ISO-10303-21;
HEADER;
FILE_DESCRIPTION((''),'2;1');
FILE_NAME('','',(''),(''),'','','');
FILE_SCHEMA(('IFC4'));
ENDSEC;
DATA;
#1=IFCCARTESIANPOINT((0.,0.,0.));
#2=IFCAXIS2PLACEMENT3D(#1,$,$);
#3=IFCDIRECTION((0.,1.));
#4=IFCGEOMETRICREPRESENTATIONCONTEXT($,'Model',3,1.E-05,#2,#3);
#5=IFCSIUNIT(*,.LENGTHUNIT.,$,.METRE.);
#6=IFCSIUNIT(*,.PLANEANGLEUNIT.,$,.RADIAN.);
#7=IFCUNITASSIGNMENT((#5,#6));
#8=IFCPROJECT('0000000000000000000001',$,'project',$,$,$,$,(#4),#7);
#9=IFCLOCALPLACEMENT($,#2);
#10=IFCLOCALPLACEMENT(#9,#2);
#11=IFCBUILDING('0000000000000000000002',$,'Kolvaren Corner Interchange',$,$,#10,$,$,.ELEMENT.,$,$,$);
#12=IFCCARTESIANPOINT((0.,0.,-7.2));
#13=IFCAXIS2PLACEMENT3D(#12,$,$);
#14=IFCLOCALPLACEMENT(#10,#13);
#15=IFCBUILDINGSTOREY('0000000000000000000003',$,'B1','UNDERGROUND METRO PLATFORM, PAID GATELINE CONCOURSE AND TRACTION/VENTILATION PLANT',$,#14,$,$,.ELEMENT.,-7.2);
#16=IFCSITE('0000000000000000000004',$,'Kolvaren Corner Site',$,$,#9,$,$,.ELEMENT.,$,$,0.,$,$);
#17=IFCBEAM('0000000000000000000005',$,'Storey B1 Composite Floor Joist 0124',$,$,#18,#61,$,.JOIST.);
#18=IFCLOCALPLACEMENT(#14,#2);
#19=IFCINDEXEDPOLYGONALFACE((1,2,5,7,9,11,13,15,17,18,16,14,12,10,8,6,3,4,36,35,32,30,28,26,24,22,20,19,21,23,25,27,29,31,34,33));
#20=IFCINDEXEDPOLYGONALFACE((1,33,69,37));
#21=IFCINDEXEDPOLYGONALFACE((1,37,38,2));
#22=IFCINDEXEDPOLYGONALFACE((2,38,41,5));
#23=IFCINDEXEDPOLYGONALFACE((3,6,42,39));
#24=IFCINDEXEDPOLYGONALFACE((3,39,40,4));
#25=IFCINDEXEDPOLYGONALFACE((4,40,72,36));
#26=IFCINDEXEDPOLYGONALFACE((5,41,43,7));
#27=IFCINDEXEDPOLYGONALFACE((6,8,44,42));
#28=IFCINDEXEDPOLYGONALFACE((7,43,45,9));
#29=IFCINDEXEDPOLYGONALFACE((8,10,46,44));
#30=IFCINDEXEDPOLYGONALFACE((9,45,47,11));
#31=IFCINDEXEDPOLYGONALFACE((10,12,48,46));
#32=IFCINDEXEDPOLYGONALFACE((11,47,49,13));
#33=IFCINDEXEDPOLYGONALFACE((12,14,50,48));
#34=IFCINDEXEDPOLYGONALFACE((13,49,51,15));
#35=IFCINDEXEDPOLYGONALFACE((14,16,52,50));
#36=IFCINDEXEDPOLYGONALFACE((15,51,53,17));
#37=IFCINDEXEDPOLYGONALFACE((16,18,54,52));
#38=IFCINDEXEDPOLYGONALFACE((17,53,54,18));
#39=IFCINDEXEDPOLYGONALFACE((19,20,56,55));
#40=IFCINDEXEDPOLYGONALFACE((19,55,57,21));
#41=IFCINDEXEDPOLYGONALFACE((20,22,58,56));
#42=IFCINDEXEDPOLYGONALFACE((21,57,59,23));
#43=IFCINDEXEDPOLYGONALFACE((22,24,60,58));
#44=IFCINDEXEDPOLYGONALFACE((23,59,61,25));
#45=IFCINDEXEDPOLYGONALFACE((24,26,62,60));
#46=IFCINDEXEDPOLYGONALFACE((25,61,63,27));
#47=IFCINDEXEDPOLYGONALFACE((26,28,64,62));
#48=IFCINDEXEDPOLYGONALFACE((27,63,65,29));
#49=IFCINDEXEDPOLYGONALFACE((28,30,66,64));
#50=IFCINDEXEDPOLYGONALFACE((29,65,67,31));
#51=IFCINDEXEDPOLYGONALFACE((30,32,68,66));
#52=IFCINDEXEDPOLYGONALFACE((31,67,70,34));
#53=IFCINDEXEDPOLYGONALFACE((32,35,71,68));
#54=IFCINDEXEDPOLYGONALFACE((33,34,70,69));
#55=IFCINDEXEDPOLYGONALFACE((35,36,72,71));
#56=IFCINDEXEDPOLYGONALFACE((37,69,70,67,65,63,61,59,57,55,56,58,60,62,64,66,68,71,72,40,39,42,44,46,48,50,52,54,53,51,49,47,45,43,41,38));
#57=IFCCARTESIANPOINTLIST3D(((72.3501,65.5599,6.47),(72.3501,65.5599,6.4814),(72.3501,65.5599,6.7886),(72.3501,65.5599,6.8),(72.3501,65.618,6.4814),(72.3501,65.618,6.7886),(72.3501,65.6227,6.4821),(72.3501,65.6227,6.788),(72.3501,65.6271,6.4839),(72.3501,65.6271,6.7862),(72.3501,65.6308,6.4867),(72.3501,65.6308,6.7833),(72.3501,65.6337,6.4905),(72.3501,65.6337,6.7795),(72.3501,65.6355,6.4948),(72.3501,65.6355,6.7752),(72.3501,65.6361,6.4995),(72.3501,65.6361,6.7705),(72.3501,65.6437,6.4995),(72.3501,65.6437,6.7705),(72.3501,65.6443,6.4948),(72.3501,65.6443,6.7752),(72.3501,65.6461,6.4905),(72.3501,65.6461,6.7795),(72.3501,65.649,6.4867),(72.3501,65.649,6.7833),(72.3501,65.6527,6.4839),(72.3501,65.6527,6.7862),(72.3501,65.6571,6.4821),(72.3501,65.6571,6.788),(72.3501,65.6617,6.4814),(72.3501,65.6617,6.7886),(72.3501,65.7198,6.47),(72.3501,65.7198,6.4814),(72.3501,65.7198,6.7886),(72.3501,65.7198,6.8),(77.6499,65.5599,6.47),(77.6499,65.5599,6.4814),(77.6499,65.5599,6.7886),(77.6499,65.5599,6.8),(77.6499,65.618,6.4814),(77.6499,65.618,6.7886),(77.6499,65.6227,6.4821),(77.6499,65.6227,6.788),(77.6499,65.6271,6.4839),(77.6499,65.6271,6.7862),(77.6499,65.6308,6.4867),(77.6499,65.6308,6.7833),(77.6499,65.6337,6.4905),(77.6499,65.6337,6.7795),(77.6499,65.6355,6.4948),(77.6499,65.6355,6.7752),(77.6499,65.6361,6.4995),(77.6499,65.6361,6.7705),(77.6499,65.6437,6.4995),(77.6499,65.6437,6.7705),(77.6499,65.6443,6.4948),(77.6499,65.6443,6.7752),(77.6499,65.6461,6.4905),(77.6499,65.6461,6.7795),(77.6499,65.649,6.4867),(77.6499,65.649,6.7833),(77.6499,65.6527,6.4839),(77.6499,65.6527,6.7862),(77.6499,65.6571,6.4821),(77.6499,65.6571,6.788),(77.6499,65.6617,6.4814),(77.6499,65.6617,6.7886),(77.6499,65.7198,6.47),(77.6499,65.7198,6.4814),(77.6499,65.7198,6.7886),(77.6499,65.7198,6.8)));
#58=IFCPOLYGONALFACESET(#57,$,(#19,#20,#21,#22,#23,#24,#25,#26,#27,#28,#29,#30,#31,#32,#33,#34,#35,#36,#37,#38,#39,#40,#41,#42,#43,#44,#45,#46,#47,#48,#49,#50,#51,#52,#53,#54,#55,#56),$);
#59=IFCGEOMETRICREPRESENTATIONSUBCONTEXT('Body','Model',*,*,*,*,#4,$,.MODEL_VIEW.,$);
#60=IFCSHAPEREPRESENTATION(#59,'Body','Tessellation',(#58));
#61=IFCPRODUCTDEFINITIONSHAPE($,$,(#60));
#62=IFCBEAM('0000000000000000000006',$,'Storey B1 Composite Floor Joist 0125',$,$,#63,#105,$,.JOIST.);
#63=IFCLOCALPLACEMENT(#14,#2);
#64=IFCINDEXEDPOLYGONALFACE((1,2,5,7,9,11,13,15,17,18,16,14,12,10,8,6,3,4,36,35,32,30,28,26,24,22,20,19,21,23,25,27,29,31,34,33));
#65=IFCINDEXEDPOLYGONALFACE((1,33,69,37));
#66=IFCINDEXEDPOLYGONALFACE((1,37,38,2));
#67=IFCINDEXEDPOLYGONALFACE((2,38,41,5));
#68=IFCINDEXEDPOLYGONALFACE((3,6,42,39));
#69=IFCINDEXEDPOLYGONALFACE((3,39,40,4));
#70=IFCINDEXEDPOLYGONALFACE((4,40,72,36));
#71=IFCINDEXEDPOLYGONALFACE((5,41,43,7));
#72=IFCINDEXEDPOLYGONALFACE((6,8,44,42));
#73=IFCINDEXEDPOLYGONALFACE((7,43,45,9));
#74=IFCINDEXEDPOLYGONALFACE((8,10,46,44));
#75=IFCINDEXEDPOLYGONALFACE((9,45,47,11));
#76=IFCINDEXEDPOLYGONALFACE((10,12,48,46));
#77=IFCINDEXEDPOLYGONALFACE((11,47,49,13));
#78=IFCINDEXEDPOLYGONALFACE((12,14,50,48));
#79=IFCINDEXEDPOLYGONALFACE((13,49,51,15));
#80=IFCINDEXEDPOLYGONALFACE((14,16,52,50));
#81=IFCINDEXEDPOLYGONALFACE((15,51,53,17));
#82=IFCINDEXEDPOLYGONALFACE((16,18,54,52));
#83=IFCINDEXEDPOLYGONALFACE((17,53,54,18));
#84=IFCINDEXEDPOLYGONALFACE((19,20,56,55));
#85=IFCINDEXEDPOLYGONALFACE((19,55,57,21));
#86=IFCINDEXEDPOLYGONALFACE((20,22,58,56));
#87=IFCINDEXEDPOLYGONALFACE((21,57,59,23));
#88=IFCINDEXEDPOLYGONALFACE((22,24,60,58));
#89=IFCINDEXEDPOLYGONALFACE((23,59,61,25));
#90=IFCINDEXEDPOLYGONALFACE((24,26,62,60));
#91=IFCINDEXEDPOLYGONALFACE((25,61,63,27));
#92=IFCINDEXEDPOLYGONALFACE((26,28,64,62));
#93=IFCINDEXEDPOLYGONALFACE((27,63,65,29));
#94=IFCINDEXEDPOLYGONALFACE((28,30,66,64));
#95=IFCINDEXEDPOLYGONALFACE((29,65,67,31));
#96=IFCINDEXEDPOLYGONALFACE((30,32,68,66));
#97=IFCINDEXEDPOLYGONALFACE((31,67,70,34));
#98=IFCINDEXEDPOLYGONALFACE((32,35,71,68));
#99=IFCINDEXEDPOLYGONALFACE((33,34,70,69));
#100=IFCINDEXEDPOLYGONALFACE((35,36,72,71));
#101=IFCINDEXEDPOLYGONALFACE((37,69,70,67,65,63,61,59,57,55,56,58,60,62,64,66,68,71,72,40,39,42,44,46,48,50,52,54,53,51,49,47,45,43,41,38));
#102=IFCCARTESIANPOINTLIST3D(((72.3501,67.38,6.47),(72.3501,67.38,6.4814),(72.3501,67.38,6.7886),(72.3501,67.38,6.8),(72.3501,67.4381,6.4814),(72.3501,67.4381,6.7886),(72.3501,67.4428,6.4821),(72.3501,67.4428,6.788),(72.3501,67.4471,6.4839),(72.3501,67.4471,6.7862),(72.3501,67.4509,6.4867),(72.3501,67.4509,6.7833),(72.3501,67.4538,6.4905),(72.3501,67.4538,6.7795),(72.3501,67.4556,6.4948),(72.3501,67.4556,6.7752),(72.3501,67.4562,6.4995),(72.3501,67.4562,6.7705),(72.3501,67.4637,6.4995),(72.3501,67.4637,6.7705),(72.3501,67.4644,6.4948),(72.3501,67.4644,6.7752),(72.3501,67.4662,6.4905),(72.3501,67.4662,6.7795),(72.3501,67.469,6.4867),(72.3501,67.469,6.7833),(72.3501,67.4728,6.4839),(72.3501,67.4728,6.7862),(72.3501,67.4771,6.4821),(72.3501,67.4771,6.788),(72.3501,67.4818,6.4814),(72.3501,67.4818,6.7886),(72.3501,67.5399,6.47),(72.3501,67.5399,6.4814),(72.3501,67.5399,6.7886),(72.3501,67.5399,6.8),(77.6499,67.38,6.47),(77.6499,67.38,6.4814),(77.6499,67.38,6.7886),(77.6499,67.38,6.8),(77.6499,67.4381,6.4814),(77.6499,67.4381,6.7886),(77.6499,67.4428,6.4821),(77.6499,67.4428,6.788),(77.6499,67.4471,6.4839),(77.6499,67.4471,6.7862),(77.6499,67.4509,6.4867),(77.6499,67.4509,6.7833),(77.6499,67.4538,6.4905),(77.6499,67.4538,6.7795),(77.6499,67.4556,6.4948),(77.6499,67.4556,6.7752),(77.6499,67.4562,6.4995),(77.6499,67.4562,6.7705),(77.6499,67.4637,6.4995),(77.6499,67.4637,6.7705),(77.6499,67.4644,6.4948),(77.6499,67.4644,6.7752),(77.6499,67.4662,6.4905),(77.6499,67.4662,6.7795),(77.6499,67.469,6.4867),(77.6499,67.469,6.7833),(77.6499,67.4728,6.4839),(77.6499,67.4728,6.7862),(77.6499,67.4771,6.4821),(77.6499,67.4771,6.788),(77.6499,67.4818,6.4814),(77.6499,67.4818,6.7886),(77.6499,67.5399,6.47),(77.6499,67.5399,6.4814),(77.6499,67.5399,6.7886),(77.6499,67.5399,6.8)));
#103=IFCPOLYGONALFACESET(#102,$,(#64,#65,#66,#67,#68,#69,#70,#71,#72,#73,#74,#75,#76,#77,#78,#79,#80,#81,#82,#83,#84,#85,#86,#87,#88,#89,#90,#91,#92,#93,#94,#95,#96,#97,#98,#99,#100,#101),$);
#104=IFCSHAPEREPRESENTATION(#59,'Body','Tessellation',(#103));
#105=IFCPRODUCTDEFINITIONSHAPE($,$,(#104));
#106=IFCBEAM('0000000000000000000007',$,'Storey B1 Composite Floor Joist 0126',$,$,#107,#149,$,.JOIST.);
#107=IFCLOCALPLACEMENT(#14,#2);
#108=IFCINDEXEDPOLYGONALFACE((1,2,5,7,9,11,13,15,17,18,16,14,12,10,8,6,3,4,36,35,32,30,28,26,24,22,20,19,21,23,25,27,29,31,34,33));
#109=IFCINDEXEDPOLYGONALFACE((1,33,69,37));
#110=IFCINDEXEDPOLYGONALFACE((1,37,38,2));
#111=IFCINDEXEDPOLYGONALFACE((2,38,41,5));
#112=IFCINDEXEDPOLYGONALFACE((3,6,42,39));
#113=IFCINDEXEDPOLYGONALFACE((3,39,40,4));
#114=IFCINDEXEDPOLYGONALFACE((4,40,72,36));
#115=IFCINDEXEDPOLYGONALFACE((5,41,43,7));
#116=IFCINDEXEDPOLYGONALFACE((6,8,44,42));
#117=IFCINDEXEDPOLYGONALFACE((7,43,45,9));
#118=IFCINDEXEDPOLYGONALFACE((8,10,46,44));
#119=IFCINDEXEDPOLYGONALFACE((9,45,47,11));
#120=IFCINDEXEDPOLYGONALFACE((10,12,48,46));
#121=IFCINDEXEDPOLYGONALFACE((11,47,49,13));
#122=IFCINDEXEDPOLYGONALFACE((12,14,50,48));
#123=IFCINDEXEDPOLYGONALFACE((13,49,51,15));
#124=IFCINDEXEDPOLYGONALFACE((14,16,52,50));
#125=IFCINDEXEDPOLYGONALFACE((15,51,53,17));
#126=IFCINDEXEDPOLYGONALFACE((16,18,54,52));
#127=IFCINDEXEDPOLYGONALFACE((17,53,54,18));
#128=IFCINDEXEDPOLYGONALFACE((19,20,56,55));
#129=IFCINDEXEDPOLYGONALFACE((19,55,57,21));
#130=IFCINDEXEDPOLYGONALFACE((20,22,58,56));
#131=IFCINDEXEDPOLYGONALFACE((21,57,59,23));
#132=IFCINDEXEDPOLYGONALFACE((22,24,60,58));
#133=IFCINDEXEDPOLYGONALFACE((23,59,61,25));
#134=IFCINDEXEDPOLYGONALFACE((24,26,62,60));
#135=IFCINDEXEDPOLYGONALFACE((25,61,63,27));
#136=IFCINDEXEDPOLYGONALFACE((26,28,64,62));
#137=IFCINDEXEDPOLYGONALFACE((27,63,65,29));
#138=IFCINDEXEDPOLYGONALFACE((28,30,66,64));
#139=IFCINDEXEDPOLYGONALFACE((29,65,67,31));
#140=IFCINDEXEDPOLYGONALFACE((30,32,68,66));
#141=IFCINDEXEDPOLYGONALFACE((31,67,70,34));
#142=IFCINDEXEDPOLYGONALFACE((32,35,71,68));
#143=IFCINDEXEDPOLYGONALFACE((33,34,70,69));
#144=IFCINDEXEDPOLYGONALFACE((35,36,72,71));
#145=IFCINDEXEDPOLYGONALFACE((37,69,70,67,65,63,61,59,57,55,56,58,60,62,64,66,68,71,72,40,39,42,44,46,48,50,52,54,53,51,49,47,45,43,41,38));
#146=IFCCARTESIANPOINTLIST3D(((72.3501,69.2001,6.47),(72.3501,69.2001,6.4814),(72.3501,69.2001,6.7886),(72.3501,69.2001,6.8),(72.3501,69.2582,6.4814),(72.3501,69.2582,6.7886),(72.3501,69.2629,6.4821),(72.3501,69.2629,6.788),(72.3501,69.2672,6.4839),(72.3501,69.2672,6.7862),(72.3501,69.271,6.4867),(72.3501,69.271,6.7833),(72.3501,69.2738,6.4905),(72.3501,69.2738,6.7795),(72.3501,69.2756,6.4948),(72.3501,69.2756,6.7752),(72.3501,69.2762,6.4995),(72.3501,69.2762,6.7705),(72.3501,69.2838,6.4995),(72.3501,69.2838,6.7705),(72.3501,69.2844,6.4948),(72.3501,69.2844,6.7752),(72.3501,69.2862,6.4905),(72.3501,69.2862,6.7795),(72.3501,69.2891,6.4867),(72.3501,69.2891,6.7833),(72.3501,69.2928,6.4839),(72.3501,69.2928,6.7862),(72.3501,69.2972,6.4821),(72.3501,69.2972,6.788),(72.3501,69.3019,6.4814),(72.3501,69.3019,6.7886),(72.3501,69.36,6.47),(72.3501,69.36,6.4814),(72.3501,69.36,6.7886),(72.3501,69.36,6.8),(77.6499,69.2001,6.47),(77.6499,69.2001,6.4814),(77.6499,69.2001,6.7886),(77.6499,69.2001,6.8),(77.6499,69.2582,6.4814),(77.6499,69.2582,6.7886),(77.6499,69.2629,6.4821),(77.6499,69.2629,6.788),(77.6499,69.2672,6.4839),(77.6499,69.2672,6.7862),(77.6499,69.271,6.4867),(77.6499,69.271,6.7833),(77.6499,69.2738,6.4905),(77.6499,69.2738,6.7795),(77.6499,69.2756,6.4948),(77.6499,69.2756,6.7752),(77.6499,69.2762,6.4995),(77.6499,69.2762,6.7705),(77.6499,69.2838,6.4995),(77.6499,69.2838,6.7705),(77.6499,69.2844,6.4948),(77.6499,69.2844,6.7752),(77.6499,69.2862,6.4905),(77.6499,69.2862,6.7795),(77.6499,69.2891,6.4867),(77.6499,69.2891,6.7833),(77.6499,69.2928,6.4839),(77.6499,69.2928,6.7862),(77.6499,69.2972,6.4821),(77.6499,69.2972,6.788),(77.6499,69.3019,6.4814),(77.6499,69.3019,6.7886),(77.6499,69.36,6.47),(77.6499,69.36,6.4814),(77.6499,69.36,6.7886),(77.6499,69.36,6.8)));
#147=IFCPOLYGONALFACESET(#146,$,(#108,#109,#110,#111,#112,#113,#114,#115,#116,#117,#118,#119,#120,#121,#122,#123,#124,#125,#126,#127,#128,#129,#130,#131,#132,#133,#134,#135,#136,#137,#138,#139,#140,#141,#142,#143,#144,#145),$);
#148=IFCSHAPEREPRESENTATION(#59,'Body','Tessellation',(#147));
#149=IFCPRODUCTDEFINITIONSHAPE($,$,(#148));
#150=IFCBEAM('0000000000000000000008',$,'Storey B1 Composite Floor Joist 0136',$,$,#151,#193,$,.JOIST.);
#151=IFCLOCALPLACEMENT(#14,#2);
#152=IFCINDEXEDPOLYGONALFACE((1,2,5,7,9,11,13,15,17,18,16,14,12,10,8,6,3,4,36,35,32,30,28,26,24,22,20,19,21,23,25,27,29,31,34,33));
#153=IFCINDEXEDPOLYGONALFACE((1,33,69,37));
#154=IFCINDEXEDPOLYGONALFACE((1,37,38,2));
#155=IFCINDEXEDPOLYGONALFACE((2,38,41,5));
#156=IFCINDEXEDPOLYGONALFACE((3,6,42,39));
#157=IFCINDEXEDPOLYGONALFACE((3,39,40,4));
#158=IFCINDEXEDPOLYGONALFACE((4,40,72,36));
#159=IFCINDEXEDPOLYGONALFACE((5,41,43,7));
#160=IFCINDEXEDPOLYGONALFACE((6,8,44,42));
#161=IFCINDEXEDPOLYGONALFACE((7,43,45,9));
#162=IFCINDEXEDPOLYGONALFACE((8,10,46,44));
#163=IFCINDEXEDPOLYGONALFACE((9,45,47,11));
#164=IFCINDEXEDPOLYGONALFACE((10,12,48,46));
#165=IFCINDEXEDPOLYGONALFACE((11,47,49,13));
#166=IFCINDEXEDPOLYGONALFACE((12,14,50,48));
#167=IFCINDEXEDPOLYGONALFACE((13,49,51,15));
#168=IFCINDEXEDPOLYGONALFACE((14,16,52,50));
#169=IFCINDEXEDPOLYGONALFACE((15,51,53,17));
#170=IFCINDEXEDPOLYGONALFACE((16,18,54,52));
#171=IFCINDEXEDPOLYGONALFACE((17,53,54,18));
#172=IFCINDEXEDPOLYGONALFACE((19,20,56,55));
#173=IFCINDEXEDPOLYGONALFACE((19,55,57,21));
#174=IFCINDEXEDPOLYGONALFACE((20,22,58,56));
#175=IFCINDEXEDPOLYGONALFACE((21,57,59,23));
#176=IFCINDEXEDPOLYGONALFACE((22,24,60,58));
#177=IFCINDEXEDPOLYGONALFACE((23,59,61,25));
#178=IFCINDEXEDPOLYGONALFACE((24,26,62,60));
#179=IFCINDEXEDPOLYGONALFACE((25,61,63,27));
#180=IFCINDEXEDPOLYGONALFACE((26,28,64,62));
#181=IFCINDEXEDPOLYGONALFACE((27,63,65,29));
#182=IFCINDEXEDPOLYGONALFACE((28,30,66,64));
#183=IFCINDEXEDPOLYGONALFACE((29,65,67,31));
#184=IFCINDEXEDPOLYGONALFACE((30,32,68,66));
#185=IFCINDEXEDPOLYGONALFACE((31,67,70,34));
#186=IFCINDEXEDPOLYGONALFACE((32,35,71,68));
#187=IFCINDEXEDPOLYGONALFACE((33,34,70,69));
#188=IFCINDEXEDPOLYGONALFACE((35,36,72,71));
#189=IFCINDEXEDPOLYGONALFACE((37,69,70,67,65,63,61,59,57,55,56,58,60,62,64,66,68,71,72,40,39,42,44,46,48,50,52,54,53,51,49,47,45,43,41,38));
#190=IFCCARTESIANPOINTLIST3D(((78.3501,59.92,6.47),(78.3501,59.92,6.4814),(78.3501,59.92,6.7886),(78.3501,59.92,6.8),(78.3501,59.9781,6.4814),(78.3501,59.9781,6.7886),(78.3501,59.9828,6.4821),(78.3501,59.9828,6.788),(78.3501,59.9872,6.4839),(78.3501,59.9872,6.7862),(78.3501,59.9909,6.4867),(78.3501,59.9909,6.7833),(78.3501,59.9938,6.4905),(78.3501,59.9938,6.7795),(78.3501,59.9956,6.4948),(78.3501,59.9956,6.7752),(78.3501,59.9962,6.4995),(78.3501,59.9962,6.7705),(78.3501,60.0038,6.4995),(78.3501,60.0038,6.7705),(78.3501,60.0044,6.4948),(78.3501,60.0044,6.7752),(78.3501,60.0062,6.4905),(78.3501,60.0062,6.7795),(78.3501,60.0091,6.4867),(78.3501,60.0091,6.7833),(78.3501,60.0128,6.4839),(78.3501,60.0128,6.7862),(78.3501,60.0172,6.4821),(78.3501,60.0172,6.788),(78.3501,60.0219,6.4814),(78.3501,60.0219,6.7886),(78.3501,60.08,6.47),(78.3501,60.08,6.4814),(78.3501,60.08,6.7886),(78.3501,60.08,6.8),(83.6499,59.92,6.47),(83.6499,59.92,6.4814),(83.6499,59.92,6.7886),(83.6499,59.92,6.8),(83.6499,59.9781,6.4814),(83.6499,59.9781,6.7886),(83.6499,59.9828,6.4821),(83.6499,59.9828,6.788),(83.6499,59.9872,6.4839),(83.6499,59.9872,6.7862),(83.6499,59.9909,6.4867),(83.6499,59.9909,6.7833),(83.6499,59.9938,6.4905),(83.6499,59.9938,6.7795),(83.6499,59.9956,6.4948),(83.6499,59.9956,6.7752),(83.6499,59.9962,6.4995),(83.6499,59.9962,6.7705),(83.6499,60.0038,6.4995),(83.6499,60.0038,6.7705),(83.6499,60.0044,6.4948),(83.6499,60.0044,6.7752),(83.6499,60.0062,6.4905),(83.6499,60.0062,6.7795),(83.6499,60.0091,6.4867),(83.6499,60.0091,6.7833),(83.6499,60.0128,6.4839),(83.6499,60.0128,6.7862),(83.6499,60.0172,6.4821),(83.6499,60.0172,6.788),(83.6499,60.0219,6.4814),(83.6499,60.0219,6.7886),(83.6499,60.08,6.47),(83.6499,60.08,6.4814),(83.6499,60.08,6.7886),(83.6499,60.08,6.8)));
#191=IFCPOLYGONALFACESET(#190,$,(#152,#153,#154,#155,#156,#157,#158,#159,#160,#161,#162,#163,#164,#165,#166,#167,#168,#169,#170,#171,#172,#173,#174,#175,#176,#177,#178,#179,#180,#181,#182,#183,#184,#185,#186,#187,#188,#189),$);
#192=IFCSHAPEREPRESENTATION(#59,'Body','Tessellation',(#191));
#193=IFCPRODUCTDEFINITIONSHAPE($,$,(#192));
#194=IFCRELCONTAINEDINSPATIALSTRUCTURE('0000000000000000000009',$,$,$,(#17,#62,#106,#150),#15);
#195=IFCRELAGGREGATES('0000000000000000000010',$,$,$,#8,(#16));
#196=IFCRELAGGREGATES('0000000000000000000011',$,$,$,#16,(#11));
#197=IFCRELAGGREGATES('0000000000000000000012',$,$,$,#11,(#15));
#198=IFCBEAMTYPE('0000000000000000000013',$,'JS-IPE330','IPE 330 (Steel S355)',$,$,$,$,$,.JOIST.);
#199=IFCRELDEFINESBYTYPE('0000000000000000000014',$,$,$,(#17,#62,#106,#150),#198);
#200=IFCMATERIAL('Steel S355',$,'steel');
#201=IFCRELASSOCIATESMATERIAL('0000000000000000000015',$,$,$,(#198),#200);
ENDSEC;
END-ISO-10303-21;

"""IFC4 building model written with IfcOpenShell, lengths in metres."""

from ifc_helpers import new_model, si_unit, direction, frame, origin, origin_2d, place, context, subcontext, project, spatial, i_section, extrude, material, material_profile, profile_set, type_object, element, save


model = new_model("IFC4")

# Units and contexts
model_context = context("Model", 3, precision=1e-05, world=origin(), true_north=direction((0.0, 1.0)))
body_context = subcontext(model_context, "Body", "Model", "MODEL_VIEW")
ifc_project = project(units=[si_unit("LENGTHUNIT", "METRE"), si_unit("PLANEANGLEUNIT", "RADIAN")], contexts=[model_context])

# Site, building, storey
site_placement = place(None, origin())
site = spatial("IfcSite", under=ifc_project, at=site_placement, Name="Kolvaren Corner Site", CompositionType="ELEMENT", RefElevation=0.0)
building_placement = place(site_placement, origin())
building = spatial("IfcBuilding", under=site, at=building_placement, Name="Kolvaren Corner Interchange", CompositionType="ELEMENT")
storey_placement = place(building_placement, frame((0.0, 0.0, -7.2)))
storey = spatial("IfcBuildingStorey", under=building, at=storey_placement, Name="B1", Description="UNDERGROUND METRO PLATFORM, PAID GATELINE CONCOURSE AND TRACTION/VENTILATION PLANT", CompositionType="ELEMENT", Elevation=-7.2)

# Beams
ifc_material_1 = material(Name="Steel S355", Category="steel")
ifc_material_profile_1 = material_profile(ifc_material_1, i_section(OverallWidth=0.1599, OverallDepth=0.3301, WebThickness=0.0076, FlangeThickness=0.0115, FilletRadius=0.0181, at=origin_2d()), Name="IPE 330")
ifc_profile_set_1 = profile_set([ifc_material_profile_1], Name="Steel S355")
beam_type_1 = type_object("IfcBeamType", Name="JS-IPE330", Description="IPE 330 (Steel S355)", PredefinedType="JOIST", material=ifc_profile_set_1)
for number, where, z_axis, x_axis, name in (
    (1, (72.3501, 65.6399, 6.635), (1.0, 0.0, 0.0), (0.0, 1.0, 0.0), "Storey B1 Composite Floor Joist 0124"),
    (2, (72.3501, 67.46, 6.635), (1.0, 0.0, 0.0), (0.0, 1.0, 0.0), "Storey B1 Composite Floor Joist 0125"),
    (3, (72.3501, 69.28, 6.635), (1.0, 0.0, 0.0), (0.0, 1.0, 0.0), "Storey B1 Composite Floor Joist 0126"),
    (4, (78.3501, 60.0, 6.635), (1.0, 0.0, 0.0), (0.0, 1.0, 0.0), "Storey B1 Composite Floor Joist 0136"),
):
    element("IfcBeam", number, at=place(storey_placement, frame(where, z_axis=z_axis, x_axis=x_axis)), inside=storey, type_object=beam_type_1, Name=name, PredefinedType="JOIST", context=body_context, shape_type="SweptSolid", body=[
        extrude(i_section(OverallWidth=0.1599, OverallDepth=0.3301, WebThickness=0.0076, FlangeThickness=0.0115, FilletRadius=0.0181, at=origin_2d()), origin(), (0.0, 0.0, 1.0), 5.2998),
    ])

save(model, "model.ifc")
